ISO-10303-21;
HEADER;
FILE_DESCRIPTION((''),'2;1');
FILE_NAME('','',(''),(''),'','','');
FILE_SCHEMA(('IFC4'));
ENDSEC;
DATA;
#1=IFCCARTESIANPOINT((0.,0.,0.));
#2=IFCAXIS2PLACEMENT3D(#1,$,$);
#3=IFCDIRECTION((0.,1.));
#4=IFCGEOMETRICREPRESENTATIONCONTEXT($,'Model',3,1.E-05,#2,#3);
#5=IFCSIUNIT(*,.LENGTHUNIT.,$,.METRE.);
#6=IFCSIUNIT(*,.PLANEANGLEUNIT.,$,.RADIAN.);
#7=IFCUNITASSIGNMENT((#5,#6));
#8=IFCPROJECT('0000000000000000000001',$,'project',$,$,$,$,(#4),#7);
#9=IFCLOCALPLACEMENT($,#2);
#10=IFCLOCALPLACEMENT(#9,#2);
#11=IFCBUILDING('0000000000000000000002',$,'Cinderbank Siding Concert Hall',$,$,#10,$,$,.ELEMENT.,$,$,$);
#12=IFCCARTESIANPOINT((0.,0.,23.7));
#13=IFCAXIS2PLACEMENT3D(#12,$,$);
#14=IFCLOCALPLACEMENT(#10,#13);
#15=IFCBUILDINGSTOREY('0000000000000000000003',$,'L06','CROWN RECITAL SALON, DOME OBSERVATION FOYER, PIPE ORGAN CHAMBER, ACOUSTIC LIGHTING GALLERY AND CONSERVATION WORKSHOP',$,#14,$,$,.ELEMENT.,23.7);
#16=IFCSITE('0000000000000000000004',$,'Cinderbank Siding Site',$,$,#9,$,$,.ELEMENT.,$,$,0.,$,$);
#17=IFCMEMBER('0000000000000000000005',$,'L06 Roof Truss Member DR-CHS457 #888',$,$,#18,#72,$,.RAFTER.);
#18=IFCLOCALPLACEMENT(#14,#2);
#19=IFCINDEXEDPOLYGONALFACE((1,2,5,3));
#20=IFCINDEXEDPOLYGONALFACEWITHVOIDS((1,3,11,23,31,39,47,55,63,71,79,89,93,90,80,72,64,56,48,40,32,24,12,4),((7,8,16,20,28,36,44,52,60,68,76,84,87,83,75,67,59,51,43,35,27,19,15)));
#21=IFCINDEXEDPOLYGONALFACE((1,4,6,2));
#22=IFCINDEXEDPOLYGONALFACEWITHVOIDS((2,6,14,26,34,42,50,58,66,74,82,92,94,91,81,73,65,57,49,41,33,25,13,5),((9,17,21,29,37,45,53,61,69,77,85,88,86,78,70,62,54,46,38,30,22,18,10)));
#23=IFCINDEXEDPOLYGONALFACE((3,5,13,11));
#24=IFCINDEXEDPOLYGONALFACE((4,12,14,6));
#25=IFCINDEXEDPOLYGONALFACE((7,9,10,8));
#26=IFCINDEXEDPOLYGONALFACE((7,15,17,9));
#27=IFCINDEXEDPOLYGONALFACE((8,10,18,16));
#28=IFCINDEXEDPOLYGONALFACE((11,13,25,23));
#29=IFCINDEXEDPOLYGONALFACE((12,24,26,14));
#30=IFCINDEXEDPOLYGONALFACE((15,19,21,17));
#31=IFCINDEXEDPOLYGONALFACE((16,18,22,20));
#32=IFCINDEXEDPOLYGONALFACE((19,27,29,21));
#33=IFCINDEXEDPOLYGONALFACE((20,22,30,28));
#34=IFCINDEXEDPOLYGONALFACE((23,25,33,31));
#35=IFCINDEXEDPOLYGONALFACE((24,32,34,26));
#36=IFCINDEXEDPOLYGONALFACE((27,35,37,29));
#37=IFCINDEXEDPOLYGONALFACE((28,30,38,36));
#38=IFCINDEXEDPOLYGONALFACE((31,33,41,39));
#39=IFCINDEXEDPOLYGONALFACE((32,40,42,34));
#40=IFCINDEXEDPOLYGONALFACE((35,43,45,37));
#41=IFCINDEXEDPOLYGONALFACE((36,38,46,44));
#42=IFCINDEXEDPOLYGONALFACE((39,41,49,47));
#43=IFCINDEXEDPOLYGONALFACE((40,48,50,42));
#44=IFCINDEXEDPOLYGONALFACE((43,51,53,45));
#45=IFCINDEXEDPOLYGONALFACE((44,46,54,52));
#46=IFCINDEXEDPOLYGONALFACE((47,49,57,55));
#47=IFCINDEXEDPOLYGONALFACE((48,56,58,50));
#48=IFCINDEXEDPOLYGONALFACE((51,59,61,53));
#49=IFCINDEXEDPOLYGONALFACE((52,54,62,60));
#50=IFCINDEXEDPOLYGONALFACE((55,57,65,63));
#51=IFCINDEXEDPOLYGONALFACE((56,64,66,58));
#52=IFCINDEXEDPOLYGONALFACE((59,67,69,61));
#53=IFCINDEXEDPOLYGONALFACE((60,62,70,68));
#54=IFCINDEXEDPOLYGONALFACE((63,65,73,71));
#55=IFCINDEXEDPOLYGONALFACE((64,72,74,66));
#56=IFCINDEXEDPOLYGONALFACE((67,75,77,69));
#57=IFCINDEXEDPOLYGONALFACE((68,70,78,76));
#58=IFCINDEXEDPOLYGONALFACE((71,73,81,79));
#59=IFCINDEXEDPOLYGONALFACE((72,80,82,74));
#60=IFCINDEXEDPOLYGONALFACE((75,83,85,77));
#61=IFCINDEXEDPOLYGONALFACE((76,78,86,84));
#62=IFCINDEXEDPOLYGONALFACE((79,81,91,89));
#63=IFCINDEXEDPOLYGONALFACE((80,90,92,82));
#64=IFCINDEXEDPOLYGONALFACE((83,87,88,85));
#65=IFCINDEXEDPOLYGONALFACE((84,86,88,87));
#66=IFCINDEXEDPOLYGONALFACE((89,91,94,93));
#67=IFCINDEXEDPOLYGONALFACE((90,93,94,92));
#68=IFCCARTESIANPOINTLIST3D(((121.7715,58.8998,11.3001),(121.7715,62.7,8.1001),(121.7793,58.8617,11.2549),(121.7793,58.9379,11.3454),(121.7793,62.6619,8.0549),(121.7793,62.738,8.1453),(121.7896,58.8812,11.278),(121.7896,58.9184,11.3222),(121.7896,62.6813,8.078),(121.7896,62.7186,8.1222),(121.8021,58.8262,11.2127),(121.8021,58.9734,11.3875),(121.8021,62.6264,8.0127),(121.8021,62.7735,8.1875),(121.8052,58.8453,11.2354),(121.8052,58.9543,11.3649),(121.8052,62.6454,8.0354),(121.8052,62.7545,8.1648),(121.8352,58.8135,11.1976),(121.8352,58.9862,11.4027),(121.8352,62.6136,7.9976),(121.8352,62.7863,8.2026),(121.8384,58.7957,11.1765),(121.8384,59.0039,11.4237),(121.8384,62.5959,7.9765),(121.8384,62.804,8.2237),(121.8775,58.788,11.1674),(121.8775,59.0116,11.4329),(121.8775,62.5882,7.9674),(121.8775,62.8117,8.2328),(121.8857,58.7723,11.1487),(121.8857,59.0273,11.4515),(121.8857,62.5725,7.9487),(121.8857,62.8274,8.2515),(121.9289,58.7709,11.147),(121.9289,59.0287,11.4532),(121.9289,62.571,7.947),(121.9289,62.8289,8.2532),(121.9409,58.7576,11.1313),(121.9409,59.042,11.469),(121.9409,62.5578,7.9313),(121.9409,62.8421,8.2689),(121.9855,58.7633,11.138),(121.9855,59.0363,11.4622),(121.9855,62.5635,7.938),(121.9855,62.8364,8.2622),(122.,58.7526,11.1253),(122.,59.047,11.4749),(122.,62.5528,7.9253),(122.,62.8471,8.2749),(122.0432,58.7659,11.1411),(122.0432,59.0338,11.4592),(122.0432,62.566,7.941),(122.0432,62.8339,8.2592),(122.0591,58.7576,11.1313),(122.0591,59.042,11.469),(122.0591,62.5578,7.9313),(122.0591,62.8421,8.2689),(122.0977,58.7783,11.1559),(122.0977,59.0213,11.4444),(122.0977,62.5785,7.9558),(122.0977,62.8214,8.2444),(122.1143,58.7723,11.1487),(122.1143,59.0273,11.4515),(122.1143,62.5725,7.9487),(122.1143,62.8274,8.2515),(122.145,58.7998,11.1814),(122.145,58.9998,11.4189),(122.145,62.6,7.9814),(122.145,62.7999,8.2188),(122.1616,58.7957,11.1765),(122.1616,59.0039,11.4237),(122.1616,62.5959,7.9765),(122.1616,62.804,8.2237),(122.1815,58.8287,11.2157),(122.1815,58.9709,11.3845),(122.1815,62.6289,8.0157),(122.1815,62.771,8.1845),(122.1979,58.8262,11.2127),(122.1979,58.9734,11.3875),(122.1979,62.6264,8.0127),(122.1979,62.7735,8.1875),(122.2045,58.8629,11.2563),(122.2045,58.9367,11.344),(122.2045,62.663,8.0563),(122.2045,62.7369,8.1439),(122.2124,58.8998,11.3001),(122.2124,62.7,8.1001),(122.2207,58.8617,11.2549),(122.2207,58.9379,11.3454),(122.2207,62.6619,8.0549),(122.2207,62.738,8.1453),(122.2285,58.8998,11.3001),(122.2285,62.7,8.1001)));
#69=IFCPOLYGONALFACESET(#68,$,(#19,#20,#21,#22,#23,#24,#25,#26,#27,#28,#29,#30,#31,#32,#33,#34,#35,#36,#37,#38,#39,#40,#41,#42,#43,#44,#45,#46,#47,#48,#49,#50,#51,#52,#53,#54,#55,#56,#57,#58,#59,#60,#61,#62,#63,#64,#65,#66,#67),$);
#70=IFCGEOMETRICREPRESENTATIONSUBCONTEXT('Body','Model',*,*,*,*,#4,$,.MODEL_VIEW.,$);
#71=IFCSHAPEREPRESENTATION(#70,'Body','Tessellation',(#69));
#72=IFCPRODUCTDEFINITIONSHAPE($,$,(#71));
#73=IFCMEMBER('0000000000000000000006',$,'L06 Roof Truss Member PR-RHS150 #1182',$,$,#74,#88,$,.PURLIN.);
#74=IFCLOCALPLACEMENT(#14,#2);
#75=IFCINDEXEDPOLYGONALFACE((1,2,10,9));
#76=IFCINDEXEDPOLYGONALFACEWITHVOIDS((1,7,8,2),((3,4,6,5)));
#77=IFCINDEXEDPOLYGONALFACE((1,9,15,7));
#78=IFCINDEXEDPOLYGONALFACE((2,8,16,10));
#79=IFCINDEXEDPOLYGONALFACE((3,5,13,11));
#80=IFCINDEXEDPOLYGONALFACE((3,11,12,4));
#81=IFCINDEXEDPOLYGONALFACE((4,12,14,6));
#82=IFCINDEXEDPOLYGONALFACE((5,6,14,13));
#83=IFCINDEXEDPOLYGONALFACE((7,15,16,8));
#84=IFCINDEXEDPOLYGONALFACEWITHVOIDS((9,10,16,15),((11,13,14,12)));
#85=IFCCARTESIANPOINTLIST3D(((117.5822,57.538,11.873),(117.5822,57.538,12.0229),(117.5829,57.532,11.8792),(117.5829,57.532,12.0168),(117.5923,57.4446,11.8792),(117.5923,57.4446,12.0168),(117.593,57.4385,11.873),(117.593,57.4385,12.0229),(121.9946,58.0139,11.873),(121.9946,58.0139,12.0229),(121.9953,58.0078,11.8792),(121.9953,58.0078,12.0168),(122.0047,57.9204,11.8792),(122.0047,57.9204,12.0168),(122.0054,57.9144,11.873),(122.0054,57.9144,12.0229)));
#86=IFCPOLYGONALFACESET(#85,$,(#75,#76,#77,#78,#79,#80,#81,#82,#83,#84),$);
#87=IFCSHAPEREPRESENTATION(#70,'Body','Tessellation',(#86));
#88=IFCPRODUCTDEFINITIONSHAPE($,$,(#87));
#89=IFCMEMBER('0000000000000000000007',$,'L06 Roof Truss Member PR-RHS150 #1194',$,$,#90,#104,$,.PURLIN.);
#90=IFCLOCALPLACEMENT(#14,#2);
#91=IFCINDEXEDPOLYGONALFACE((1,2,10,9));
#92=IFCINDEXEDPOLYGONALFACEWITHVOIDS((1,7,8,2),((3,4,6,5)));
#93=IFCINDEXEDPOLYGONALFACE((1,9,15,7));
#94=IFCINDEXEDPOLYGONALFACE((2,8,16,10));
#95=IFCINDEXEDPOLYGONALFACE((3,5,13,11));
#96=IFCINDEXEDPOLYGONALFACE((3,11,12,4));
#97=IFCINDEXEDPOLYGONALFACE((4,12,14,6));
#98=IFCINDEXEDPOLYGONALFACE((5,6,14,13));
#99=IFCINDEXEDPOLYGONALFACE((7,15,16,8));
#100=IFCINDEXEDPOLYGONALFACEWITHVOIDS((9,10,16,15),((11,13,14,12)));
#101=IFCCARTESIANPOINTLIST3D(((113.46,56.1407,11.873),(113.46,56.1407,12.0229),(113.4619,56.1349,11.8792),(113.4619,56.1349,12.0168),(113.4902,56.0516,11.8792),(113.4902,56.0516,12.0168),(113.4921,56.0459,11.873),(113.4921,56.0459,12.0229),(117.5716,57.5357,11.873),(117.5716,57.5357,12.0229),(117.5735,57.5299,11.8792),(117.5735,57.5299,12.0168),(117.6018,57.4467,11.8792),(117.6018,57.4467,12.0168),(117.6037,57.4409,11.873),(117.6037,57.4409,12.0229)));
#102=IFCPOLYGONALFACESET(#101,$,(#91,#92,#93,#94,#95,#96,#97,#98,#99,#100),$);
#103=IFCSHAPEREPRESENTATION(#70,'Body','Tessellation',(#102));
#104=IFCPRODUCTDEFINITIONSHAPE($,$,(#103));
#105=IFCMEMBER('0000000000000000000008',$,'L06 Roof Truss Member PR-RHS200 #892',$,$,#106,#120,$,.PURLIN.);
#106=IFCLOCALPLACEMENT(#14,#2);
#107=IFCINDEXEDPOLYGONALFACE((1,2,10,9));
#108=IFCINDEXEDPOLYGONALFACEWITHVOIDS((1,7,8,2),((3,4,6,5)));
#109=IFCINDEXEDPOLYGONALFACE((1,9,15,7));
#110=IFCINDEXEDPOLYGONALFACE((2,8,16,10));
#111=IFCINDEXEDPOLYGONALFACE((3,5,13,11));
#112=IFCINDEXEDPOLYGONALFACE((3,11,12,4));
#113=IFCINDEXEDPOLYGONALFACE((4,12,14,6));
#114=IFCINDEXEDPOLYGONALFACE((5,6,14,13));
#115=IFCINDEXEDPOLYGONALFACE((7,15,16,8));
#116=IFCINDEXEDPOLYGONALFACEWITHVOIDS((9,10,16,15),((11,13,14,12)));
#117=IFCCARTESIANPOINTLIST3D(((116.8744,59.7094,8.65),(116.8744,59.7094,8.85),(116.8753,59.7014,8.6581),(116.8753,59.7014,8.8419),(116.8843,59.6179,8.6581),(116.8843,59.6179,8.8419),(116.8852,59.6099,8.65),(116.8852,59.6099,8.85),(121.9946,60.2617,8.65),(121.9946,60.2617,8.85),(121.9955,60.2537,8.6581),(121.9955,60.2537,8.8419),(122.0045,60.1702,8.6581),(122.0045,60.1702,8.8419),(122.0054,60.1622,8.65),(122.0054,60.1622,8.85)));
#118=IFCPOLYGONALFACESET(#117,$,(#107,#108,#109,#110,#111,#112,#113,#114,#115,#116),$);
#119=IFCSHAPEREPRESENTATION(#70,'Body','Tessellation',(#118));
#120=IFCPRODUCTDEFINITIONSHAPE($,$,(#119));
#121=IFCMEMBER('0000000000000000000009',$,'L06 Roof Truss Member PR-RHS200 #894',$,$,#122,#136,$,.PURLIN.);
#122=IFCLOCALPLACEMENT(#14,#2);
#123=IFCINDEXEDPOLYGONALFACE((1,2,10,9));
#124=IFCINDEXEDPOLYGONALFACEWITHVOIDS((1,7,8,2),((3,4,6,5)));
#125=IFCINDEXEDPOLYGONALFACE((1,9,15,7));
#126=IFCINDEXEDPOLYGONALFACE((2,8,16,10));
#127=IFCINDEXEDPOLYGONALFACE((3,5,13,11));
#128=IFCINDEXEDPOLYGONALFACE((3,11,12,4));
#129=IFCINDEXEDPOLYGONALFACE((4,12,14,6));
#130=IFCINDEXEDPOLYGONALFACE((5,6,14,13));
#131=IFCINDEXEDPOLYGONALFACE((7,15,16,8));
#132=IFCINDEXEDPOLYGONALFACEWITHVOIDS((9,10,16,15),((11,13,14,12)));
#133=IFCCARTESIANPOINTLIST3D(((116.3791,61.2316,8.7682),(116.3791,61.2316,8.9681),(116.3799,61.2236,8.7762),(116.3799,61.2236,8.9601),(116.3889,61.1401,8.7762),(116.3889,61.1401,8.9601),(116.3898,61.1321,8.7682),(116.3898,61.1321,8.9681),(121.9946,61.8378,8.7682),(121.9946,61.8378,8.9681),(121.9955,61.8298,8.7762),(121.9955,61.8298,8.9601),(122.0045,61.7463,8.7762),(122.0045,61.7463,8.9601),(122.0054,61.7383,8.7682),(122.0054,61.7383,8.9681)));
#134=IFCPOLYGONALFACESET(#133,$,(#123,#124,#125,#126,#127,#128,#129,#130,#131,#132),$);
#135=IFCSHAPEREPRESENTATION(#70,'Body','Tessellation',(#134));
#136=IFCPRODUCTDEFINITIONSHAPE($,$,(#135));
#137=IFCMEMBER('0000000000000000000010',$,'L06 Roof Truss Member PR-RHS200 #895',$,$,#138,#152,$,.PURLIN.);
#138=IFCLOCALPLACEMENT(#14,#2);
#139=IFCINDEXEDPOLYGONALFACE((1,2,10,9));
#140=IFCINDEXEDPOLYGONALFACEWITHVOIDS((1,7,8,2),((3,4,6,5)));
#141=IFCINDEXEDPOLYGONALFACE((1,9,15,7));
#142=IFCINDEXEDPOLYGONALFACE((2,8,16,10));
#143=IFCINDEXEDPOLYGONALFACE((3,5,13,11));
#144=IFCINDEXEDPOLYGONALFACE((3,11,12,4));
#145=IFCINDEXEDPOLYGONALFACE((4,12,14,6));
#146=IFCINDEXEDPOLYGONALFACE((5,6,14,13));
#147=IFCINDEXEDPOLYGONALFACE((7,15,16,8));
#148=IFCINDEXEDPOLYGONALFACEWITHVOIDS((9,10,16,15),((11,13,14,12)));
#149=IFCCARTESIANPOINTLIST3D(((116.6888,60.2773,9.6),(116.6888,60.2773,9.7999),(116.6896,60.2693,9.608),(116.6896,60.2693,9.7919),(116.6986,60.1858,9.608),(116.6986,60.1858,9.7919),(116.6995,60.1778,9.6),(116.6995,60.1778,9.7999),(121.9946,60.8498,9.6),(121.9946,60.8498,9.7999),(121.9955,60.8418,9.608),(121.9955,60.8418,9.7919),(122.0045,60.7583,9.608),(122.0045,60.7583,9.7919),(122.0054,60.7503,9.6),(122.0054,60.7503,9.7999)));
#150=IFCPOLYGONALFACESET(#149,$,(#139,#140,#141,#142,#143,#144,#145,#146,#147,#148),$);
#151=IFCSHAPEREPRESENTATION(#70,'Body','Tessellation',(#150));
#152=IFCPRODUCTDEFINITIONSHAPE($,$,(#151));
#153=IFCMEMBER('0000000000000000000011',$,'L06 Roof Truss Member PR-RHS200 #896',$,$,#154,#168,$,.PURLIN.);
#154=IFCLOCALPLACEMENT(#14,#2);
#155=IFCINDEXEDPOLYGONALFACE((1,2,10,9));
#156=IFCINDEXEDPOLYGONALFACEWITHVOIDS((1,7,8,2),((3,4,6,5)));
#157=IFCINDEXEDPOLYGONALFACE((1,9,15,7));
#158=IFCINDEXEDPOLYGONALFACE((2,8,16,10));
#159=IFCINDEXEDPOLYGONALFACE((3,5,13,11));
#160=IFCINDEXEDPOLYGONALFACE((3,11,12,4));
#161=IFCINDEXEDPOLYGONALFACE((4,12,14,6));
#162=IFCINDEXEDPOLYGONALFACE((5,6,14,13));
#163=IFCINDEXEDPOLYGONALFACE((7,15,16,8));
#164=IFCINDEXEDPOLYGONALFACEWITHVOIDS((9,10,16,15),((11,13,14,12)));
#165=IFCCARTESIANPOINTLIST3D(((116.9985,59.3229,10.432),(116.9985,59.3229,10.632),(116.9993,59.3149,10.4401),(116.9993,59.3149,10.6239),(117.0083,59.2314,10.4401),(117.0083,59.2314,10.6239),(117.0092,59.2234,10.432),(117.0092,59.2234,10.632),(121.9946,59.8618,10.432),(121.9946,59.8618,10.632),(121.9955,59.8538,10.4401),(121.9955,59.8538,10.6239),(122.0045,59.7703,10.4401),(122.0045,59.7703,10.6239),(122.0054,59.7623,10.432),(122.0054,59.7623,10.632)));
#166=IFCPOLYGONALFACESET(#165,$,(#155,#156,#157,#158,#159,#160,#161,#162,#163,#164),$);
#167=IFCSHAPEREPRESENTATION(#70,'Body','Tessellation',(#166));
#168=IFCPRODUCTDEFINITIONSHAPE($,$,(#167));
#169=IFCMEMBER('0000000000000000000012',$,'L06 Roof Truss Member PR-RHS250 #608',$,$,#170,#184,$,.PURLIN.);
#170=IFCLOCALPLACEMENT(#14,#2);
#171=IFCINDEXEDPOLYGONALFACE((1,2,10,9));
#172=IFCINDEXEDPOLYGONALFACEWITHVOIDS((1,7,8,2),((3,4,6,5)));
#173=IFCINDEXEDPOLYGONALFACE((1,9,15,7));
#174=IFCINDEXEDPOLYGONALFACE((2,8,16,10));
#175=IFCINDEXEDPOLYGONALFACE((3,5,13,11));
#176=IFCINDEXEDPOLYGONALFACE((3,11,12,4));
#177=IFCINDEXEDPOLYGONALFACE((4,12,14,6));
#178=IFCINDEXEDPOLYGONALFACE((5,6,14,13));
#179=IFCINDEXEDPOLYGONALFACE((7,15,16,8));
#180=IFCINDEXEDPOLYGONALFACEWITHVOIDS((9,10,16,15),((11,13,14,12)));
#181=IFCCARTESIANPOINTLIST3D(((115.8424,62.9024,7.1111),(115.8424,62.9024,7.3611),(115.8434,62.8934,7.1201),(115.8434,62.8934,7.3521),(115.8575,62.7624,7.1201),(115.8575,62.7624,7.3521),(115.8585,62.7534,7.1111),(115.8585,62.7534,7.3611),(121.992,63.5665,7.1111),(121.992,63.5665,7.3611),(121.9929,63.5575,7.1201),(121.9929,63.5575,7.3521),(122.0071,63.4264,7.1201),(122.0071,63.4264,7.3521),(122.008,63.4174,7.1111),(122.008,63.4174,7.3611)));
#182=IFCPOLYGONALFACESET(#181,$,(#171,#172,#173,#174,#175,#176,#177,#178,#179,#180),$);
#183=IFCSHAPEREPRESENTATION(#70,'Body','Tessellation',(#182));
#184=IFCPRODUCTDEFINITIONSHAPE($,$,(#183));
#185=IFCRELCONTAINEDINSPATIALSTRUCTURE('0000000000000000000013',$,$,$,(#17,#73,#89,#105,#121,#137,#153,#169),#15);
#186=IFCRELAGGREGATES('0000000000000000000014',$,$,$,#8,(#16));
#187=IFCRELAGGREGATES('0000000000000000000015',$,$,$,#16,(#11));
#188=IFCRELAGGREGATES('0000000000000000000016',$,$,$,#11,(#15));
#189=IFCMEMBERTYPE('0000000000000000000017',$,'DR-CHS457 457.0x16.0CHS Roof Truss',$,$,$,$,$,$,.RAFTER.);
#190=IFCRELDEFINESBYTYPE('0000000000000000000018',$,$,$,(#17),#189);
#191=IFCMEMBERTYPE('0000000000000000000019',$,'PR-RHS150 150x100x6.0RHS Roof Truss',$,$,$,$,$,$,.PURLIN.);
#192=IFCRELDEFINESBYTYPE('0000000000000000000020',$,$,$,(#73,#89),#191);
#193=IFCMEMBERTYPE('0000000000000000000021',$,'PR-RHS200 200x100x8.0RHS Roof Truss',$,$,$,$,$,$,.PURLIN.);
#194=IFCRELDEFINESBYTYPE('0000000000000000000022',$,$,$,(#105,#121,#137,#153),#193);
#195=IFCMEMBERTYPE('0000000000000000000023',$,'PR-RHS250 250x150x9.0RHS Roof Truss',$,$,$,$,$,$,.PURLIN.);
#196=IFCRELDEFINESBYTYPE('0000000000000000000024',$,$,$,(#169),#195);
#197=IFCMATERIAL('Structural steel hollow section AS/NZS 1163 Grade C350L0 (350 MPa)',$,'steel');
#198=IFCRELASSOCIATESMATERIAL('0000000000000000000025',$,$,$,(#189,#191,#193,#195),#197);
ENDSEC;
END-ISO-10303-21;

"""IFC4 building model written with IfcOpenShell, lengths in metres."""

from ifc_helpers import new_model, si_unit, direction, frame, origin, origin_2d, place, context, subcontext, project, spatial, hollow_rectangle, hollow_circle, extrude, material, material_profile, profile_set, type_object, element, save


model = new_model("IFC4")

# Units and contexts
model_context = context("Model", 3, precision=1e-05, world=origin(), true_north=direction((0.0, 1.0)))
body_context = subcontext(model_context, "Body", "Model", "MODEL_VIEW")
ifc_project = project(units=[si_unit("LENGTHUNIT", "METRE"), si_unit("PLANEANGLEUNIT", "RADIAN")], contexts=[model_context])

# Site, building, storey
site_placement = place(None, origin())
site = spatial("IfcSite", under=ifc_project, at=site_placement, Name="Cinderbank Siding Site", CompositionType="ELEMENT", RefElevation=0.0)
building_placement = place(site_placement, origin())
building = spatial("IfcBuilding", under=site, at=building_placement, Name="Cinderbank Siding Concert Hall", CompositionType="ELEMENT")
storey_placement = place(building_placement, frame((0.0, 0.0, 23.7)))
storey = spatial("IfcBuildingStorey", under=building, at=storey_placement, Name="L06", Description="CROWN RECITAL SALON, DOME OBSERVATION FOYER, PIPE ORGAN CHAMBER, ACOUSTIC LIGHTING GALLERY AND CONSERVATION WORKSHOP", CompositionType="ELEMENT", Elevation=23.7)

# Members
ifc_material_1 = material(Name="Structural steel hollow section AS/NZS 1163 Grade C350L0 (350 MPa)", Category="steel")
ifc_material_profile_1 = material_profile(ifc_material_1, hollow_circle(Radius=0.2285, WallThickness=0.0161, at=origin_2d()), Name="457.0x16.0CHS", Category="LoadBearing")
ifc_profile_set_1 = profile_set([ifc_material_profile_1], Name="Structural steel hollow section AS/NZS 1163 Grade C350L0 (350 MPa)")
member_type_1 = type_object("IfcMemberType", Name="DR-CHS457 457.0x16.0CHS Roof Truss", PredefinedType="RAFTER", material=ifc_profile_set_1)
member_1_placement = place(storey_placement, frame((122.0, 62.7, 8.1001), z_axis=(0.0, -0.76492, 0.644125), x_axis=(1.0, 0.0, 0.0)))
element("IfcMember", 1, at=member_1_placement, inside=storey, type_object=member_type_1, Name="L06 Roof Truss Member DR-CHS457 #888", PredefinedType="RAFTER", context=body_context, shape_type="SweptSolid", body=[
    extrude(hollow_circle(Radius=0.2285, WallThickness=0.0161, at=origin_2d()), origin(), (0.0, 0.0, 1.0), 4.968),
])
ifc_material_profile_2 = material_profile(ifc_material_1, hollow_rectangle(XDim=0.1001, YDim=0.1499, WallThickness=0.0061, at=origin_2d()), Name="150x100x6.0RHS", Category="LoadBearing")
ifc_profile_set_2 = profile_set([ifc_material_profile_2], Name="Structural steel hollow section AS/NZS 1163 Grade C350L0 (350 MPa)")
member_type_2 = type_object("IfcMemberType", Name="PR-RHS150 150x100x6.0RHS Roof Truss", PredefinedType="PURLIN", material=ifc_profile_set_2)
member_2_placement = place(storey_placement, frame((122.0, 57.9641, 11.948), z_axis=(-0.994235, -0.107219, 0.0), x_axis=(0.107219, -0.994235, 0.0)))
element("IfcMember", 2, at=member_2_placement, inside=storey, type_object=member_type_2, Name="L06 Roof Truss Member PR-RHS150 #1182", PredefinedType="PURLIN", context=body_context, shape_type="SweptSolid", body=[
    extrude(hollow_rectangle(XDim=0.1001, YDim=0.1499, WallThickness=0.0061, at=origin_2d()), origin(), (0.0, 0.0, 1.0), 4.438),
])
member_3_placement = place(storey_placement, frame((117.5876, 57.4883, 11.948), z_axis=(-0.946977, -0.321301, 0.0), x_axis=(0.321301, -0.946977, 0.0)))
element("IfcMember", 3, at=member_3_placement, inside=storey, type_object=member_type_2, Name="L06 Roof Truss Member PR-RHS150 #1194", PredefinedType="PURLIN", context=body_context, shape_type="SweptSolid", body=[
    extrude(hollow_rectangle(XDim=0.1001, YDim=0.1499, WallThickness=0.0061, at=origin_2d()), origin(), (0.0, 0.0, 1.0), 4.3418),
])
ifc_material_profile_3 = material_profile(ifc_material_1, hollow_rectangle(XDim=0.1001, YDim=0.2, WallThickness=0.0081, at=origin_2d()), Name="200x100x8.0RHS", Category="LoadBearing")
ifc_profile_set_3 = profile_set([ifc_material_profile_3], Name="Structural steel hollow section AS/NZS 1163 Grade C350L0 (350 MPa)")
member_type_3 = type_object("IfcMemberType", Name="PR-RHS200 200x100x8.0RHS Roof Truss", PredefinedType="PURLIN", material=ifc_profile_set_3)
member_4_placement = place(storey_placement, frame((122.0, 60.2119, 8.75), z_axis=(-0.994234, -0.107236, 0.0), x_axis=(0.107236, -0.994234, 0.0)))
element("IfcMember", 4, at=member_4_placement, inside=storey, type_object=member_type_3, Name="L06 Roof Truss Member PR-RHS200 #892", PredefinedType="PURLIN", context=body_context, shape_type="SweptSolid", body=[
    extrude(hollow_rectangle(XDim=0.1001, YDim=0.2, WallThickness=0.0081, at=origin_2d()), origin(), (0.0, 0.0, 1.0), 5.1499),
])
member_5_placement = place(storey_placement, frame((122.0, 61.7881, 8.8682), z_axis=(-0.994224, -0.107328, 0.0), x_axis=(0.107328, -0.994224, 0.0)))
element("IfcMember", 5, at=member_5_placement, inside=storey, type_object=member_type_3, Name="L06 Roof Truss Member PR-RHS200 #894", PredefinedType="PURLIN", context=body_context, shape_type="SweptSolid", body=[
    extrude(hollow_rectangle(XDim=0.1001, YDim=0.2, WallThickness=0.0081, at=origin_2d()), origin(), (0.0, 0.0, 1.0), 5.6482),
])
member_6_placement = place(storey_placement, frame((122.0, 60.8, 9.7), z_axis=(-0.994229, -0.107278, 0.0), x_axis=(0.107278, -0.994229, 0.0)))
element("IfcMember", 6, at=member_6_placement, inside=storey, type_object=member_type_3, Name="L06 Roof Truss Member PR-RHS200 #895", PredefinedType="PURLIN", context=body_context, shape_type="SweptSolid", body=[
    extrude(hollow_rectangle(XDim=0.1001, YDim=0.2, WallThickness=0.0081, at=origin_2d()), origin(), (0.0, 0.0, 1.0), 5.3367),
])
member_7_placement = place(storey_placement, frame((122.0, 59.812, 10.532), z_axis=(-0.994235, -0.107226, 0.0), x_axis=(0.107226, -0.994235, 0.0)))
element("IfcMember", 7, at=member_7_placement, inside=storey, type_object=member_type_3, Name="L06 Roof Truss Member PR-RHS200 #896", PredefinedType="PURLIN", context=body_context, shape_type="SweptSolid", body=[
    extrude(hollow_rectangle(XDim=0.1001, YDim=0.2, WallThickness=0.0081, at=origin_2d()), origin(), (0.0, 0.0, 1.0), 5.0251),
])
ifc_material_profile_4 = material_profile(ifc_material_1, hollow_rectangle(XDim=0.1499, YDim=0.25, WallThickness=0.009, at=origin_2d()), Name="250x150x9.0RHS", Category="LoadBearing")
ifc_profile_set_4 = profile_set([ifc_material_profile_4], Name="Structural steel hollow section AS/NZS 1163 Grade C350L0 (350 MPa)")
member_type_4 = type_object("IfcMemberType", Name="PR-RHS250 250x150x9.0RHS Roof Truss", PredefinedType="PURLIN", material=ifc_profile_set_4)
member_8_placement = place(storey_placement, frame((122.0, 63.4919, 7.2361), z_axis=(-0.99422, -0.10736, 0.0), x_axis=(0.10736, -0.99422, 0.0)))
element("IfcMember", 8, at=member_8_placement, inside=storey, type_object=member_type_4, Name="L06 Roof Truss Member PR-RHS250 #608", PredefinedType="PURLIN", context=body_context, shape_type="SweptSolid", body=[
    extrude(hollow_rectangle(XDim=0.1499, YDim=0.25, WallThickness=0.009, at=origin_2d()), origin(), (0.0, 0.0, 1.0), 6.1853),
])

save(model, "model.ifc")
